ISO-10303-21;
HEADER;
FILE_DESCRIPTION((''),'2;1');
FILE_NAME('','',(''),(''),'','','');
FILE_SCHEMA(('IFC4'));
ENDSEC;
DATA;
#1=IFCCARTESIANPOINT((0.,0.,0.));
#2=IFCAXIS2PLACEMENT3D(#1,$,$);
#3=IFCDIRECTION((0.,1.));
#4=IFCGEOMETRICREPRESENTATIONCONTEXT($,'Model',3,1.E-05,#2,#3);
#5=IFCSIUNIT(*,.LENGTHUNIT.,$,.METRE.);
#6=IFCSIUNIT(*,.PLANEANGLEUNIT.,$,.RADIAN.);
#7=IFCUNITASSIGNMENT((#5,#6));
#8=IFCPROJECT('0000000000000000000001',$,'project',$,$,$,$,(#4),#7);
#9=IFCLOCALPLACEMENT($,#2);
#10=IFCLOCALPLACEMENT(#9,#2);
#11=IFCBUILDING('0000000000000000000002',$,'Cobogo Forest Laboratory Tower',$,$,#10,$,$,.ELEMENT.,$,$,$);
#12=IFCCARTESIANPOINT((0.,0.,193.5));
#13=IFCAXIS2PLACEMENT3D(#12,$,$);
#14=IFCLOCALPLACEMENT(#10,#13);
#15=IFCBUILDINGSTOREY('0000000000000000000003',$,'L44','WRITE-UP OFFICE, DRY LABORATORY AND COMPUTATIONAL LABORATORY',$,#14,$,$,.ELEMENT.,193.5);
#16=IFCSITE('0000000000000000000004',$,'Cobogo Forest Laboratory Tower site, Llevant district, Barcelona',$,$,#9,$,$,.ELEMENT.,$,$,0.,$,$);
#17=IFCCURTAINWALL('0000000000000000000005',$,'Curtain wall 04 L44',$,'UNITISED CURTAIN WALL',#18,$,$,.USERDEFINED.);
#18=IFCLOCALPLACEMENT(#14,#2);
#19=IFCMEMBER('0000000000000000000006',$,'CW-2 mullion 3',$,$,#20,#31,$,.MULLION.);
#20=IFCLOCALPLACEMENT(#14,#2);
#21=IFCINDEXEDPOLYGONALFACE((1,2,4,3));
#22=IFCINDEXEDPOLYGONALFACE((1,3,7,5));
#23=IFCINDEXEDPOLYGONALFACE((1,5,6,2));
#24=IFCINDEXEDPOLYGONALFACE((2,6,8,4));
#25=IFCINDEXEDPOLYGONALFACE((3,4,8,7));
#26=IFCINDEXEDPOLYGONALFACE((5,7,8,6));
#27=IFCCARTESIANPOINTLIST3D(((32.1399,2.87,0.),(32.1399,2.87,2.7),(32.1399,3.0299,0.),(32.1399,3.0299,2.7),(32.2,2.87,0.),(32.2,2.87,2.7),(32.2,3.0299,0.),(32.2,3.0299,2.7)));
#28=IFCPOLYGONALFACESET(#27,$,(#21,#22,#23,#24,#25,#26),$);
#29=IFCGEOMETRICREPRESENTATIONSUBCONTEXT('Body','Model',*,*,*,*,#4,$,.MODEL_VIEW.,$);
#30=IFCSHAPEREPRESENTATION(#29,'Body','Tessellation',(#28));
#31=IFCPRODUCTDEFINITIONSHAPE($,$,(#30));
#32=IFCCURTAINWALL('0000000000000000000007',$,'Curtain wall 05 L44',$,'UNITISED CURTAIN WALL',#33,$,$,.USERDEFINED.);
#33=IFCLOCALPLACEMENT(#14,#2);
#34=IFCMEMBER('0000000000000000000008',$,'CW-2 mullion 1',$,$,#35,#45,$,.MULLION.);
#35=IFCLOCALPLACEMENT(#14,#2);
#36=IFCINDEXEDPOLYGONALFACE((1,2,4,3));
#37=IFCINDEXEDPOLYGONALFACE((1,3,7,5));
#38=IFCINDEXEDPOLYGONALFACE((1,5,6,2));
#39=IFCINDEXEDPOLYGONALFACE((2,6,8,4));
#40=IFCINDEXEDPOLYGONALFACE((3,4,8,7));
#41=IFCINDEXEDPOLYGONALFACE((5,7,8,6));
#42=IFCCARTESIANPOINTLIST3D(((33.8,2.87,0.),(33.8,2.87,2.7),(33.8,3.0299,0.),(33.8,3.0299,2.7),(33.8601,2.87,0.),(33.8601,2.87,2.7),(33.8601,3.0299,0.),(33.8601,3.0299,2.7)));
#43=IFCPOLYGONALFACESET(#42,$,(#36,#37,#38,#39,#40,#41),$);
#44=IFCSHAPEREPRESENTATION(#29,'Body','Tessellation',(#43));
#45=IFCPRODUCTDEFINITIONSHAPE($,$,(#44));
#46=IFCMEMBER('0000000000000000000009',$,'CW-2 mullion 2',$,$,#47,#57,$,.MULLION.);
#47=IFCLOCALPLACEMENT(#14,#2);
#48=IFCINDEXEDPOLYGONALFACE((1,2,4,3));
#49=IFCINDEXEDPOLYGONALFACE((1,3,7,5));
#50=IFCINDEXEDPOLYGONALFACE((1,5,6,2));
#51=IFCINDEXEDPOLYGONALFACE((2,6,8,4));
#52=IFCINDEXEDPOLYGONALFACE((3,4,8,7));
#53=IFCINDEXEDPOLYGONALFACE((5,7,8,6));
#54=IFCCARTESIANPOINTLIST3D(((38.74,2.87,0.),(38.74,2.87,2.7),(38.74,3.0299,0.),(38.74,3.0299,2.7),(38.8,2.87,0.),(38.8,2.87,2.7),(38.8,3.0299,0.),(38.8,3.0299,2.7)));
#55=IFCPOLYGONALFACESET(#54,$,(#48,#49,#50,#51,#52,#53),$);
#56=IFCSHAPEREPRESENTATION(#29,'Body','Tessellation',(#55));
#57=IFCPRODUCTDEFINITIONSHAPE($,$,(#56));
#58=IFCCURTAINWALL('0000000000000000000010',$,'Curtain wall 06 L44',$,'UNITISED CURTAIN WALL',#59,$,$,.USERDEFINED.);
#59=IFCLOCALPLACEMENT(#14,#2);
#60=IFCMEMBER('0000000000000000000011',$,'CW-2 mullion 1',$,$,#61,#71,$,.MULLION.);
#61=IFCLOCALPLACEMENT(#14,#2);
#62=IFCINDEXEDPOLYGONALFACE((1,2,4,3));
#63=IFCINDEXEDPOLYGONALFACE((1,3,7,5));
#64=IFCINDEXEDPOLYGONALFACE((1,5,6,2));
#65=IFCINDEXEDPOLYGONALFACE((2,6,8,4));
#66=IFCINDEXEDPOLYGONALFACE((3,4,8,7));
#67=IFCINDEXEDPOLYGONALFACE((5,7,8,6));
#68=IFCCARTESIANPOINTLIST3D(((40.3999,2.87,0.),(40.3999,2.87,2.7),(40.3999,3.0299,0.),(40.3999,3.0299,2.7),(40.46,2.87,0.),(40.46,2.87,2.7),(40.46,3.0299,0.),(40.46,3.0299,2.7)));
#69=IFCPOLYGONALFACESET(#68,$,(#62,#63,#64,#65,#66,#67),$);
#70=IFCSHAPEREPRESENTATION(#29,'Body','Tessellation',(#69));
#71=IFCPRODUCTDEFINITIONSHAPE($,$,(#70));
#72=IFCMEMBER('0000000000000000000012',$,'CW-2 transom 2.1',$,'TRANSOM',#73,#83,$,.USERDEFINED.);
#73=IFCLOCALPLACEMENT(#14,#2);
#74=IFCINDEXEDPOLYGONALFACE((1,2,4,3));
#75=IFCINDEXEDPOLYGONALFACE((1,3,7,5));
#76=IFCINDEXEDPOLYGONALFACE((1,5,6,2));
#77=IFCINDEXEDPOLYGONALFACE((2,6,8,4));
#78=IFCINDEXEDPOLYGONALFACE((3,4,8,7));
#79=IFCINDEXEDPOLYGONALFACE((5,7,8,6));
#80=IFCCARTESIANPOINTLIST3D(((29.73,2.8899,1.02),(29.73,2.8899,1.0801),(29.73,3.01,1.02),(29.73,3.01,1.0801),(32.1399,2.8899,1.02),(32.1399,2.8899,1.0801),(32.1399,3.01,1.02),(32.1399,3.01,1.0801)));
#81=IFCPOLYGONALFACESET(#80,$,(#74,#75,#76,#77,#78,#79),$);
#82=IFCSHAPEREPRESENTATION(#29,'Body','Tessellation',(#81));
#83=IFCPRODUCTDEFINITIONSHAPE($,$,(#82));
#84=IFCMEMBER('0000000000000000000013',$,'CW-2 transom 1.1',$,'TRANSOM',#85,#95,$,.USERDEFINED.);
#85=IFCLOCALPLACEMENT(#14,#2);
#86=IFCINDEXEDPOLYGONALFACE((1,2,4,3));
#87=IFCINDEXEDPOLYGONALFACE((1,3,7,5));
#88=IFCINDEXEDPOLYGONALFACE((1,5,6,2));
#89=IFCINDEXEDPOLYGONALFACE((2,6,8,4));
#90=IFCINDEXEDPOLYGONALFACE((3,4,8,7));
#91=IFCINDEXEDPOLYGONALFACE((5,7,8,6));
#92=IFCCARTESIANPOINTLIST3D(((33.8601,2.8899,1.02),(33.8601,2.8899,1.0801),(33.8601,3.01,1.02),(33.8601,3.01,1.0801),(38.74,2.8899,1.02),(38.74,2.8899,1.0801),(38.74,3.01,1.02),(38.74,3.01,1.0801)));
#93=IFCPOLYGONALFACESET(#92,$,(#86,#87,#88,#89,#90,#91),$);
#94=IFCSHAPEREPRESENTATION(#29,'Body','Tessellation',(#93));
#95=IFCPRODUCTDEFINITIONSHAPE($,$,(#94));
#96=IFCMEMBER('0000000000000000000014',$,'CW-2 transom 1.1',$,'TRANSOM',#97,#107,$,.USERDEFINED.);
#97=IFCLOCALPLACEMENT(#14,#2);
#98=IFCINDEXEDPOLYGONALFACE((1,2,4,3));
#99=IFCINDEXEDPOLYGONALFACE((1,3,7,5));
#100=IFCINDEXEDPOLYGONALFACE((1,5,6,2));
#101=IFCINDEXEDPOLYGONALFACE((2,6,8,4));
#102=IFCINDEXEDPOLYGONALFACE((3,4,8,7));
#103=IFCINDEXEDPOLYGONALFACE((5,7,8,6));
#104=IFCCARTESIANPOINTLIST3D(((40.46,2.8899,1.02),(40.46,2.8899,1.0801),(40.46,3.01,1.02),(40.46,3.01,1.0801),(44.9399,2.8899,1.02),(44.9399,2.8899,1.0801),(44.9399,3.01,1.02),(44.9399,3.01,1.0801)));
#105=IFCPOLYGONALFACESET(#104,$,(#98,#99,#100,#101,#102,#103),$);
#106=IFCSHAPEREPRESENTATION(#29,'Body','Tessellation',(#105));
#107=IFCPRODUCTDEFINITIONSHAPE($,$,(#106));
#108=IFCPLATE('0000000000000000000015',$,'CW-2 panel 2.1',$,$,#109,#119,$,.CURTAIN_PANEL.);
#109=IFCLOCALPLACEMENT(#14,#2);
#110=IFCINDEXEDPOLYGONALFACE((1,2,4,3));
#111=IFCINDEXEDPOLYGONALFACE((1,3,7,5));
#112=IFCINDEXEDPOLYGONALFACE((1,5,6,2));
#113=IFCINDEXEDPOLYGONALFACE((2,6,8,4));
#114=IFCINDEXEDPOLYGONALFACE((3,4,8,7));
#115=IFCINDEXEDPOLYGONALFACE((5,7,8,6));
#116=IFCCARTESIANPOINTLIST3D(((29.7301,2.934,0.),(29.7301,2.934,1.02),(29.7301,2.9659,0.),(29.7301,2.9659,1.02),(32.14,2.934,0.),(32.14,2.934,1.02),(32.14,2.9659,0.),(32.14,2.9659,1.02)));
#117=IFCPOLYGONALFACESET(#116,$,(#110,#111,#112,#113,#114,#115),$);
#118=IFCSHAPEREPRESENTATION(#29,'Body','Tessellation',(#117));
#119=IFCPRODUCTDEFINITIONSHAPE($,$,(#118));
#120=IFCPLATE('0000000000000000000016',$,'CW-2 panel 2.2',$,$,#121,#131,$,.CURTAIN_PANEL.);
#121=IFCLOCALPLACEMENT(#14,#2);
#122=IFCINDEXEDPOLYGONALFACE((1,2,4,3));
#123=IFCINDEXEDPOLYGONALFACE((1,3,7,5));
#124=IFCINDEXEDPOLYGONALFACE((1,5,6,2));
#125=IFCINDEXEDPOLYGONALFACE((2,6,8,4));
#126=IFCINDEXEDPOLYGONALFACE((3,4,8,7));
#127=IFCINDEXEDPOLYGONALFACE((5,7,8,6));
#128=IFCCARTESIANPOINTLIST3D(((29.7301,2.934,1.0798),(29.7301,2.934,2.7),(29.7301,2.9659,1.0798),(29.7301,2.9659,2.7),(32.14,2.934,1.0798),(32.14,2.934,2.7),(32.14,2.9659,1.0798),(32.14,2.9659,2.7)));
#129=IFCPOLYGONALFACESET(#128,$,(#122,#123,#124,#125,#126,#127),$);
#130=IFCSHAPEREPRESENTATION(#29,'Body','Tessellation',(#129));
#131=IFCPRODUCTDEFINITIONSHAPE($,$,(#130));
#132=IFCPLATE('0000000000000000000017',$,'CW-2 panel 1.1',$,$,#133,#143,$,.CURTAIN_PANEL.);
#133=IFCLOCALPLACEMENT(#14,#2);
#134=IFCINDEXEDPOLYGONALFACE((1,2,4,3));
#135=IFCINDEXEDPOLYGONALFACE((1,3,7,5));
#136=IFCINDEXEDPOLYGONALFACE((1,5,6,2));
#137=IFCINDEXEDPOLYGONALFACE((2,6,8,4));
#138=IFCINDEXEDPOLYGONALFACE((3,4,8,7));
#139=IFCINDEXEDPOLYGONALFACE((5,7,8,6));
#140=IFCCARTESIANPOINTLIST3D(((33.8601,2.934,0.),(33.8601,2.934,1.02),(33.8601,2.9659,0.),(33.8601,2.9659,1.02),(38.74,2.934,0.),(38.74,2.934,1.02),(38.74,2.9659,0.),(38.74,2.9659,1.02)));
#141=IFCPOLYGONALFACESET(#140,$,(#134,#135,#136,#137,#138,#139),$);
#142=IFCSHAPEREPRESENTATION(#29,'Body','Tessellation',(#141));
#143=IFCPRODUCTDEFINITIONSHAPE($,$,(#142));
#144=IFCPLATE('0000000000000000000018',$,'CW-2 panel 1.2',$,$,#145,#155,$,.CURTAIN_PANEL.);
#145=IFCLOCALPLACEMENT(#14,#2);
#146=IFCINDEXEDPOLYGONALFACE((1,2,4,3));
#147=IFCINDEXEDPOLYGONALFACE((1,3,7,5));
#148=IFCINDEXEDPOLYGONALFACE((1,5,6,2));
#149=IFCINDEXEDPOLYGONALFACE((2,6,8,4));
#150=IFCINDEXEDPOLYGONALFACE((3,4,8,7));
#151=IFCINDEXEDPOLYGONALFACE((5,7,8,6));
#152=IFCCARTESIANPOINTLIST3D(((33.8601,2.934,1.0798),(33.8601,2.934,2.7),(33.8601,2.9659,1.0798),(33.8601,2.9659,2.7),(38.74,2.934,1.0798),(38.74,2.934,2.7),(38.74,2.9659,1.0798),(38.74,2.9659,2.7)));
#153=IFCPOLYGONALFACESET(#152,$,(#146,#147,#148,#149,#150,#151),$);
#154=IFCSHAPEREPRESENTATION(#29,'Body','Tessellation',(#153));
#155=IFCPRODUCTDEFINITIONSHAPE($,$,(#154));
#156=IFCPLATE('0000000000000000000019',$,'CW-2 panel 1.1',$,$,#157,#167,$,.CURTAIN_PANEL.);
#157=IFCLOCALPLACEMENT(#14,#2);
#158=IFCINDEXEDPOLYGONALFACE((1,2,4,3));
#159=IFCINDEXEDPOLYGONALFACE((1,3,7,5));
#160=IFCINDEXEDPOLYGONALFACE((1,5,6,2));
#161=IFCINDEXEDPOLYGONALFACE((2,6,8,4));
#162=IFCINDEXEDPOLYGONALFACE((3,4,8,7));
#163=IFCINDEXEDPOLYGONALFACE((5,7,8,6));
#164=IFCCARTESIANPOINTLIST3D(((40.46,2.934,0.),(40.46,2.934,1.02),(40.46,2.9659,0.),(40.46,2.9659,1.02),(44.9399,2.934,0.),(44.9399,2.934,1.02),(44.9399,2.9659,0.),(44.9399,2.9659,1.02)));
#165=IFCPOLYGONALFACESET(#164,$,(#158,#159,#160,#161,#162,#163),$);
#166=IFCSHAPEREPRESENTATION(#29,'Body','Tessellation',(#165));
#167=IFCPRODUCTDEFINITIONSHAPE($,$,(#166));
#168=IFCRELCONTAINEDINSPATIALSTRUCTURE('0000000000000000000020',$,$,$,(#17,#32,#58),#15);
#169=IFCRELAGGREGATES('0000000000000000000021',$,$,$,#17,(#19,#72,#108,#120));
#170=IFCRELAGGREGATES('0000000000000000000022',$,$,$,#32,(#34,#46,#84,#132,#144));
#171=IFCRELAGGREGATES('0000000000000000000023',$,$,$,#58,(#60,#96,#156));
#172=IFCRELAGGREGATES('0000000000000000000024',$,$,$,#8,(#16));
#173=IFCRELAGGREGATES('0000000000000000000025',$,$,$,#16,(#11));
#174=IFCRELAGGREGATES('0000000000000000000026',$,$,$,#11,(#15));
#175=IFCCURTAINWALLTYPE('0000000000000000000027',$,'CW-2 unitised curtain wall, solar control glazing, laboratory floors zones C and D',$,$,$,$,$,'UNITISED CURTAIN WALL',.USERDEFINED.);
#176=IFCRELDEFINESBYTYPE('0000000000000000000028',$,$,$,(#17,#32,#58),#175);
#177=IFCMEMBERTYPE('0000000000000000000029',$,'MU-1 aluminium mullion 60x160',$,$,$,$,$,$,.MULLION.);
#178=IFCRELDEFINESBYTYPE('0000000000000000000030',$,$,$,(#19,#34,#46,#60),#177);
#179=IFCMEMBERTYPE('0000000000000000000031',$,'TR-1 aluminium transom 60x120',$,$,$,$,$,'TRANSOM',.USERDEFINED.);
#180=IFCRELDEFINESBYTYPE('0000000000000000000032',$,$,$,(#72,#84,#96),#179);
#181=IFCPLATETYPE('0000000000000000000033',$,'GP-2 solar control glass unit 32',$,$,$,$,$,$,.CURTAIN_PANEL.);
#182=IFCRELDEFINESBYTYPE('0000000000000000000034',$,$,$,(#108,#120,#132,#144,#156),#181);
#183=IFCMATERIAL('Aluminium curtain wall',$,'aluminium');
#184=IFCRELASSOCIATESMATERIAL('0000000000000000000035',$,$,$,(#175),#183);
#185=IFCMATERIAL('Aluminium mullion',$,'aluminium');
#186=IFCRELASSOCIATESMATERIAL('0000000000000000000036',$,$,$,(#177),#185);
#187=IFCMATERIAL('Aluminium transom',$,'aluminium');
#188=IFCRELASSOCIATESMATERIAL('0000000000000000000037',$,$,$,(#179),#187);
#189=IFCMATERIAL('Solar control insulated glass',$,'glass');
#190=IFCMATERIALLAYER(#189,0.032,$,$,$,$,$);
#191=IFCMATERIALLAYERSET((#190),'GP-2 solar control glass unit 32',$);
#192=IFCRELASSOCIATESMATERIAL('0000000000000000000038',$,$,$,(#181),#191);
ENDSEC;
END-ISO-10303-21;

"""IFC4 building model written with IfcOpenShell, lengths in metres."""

from ifc_helpers import new_model, si_unit, direction, frame, origin, origin_2d, place, context, subcontext, project, spatial, rectangle, extrude, material, layer, layer_set, material_profile, profile_set, type_object, element, aggregate, save


model = new_model("IFC4")

# Units and contexts
model_context = context("Model", 3, precision=1e-05, world=origin(), true_north=direction((0.0, 1.0)))
body_context = subcontext(model_context, "Body", "Model", "MODEL_VIEW")
ifc_project = project(units=[si_unit("LENGTHUNIT", "METRE"), si_unit("PLANEANGLEUNIT", "RADIAN")], contexts=[model_context])

# Site, building, storey
site_placement = place(None, origin())
site = spatial("IfcSite", under=ifc_project, at=site_placement, Name="Cobogo Forest Laboratory Tower site, Llevant district, Barcelona", CompositionType="ELEMENT", RefElevation=0.0)
building_placement = place(site_placement, origin())
building = spatial("IfcBuilding", under=site, at=building_placement, Name="Cobogo Forest Laboratory Tower", CompositionType="ELEMENT")
storey_placement = place(building_placement, frame((0.0, 0.0, 193.5)))
storey = spatial("IfcBuildingStorey", under=building, at=storey_placement, Name="L44", Description="WRITE-UP OFFICE, DRY LABORATORY AND COMPUTATIONAL LABORATORY", CompositionType="ELEMENT", Elevation=193.5)

# Curtain wall, member
ifc_material_1 = material(Name="Aluminium curtain wall", Category="aluminium")
curtain_wall_type = type_object("IfcCurtainWallType", Name="CW-2 unitised curtain wall, solar control glazing, laboratory floors zones C and D", ElementType="UNITISED CURTAIN WALL", PredefinedType="USERDEFINED", material=ifc_material_1)
curtain_wall_1_placement = place(storey_placement, origin())
curtain_wall_1 = element("IfcCurtainWall", 1, at=curtain_wall_1_placement, inside=storey, type_object=curtain_wall_type, Name="Curtain wall 04 L44", ObjectType="UNITISED CURTAIN WALL", PredefinedType="USERDEFINED")
ifc_material_2 = material(Name="Aluminium mullion", Category="aluminium")
ifc_material_profile_1 = material_profile(ifc_material_2, rectangle(XDim=0.0601, YDim=0.1599, at=origin_2d()), Name="AL 60x160")
ifc_profile_set_1 = profile_set([ifc_material_profile_1], Name="Aluminium mullion")
member_type_1 = type_object("IfcMemberType", Name="MU-1 aluminium mullion 60x160", PredefinedType="MULLION", material=ifc_profile_set_1)
member_1_placement = place(storey_placement, frame((32.1699, 2.95, 0.0), z_axis=(0.0, 0.0, 1.0), x_axis=(1.0, 0.0, 0.0)))
member_1 = element("IfcMember", 2, at=member_1_placement, type_object=member_type_1, Name="CW-2 mullion 3", PredefinedType="MULLION", context=body_context, shape_type="SweptSolid", body=[
    extrude(rectangle(XDim=0.0601, YDim=0.1599, at=origin_2d()), origin(), (0.0, 0.0, 1.0), 2.7),
])

# Curtain wall, members
curtain_wall_2_placement = place(storey_placement, origin())
curtain_wall_2 = element("IfcCurtainWall", 3, at=curtain_wall_2_placement, inside=storey, type_object=curtain_wall_type, Name="Curtain wall 05 L44", ObjectType="UNITISED CURTAIN WALL", PredefinedType="USERDEFINED")
member_2_placement = place(storey_placement, frame((33.8301, 2.95, 0.0), z_axis=(0.0, 0.0, 1.0), x_axis=(1.0, 0.0, 0.0)))
member_2 = element("IfcMember", 4, at=member_2_placement, type_object=member_type_1, Name="CW-2 mullion 1", PredefinedType="MULLION", context=body_context, shape_type="SweptSolid", body=[
    extrude(rectangle(XDim=0.0601, YDim=0.1599, at=origin_2d()), origin(), (0.0, 0.0, 1.0), 2.7),
])
member_3_placement = place(storey_placement, frame((38.77, 2.95, 0.0), z_axis=(0.0, 0.0, 1.0), x_axis=(1.0, 0.0, 0.0)))
member_3 = element("IfcMember", 5, at=member_3_placement, type_object=member_type_1, Name="CW-2 mullion 2", PredefinedType="MULLION", context=body_context, shape_type="SweptSolid", body=[
    extrude(rectangle(XDim=0.0601, YDim=0.1599, at=origin_2d()), origin(), (0.0, 0.0, 1.0), 2.7),
])

# Curtain wall, member
curtain_wall_3_placement = place(storey_placement, origin())
curtain_wall_3 = element("IfcCurtainWall", 6, at=curtain_wall_3_placement, inside=storey, type_object=curtain_wall_type, Name="Curtain wall 06 L44", ObjectType="UNITISED CURTAIN WALL", PredefinedType="USERDEFINED")
member_4_placement = place(storey_placement, frame((40.4299, 2.95, 0.0), z_axis=(0.0, 0.0, 1.0), x_axis=(1.0, 0.0, 0.0)))
member_4 = element("IfcMember", 7, at=member_4_placement, type_object=member_type_1, Name="CW-2 mullion 1", PredefinedType="MULLION", context=body_context, shape_type="SweptSolid", body=[
    extrude(rectangle(XDim=0.0601, YDim=0.1599, at=origin_2d()), origin(), (0.0, 0.0, 1.0), 2.7),
])

# Members
ifc_material_3 = material(Name="Aluminium transom", Category="aluminium")
ifc_material_profile_2 = material_profile(ifc_material_3, rectangle(XDim=0.1201, YDim=0.0601, at=origin_2d()), Name="AL 60x120")
ifc_profile_set_2 = profile_set([ifc_material_profile_2], Name="Aluminium transom")
member_type_2 = type_object("IfcMemberType", Name="TR-1 aluminium transom 60x120", ElementType="TRANSOM", PredefinedType="USERDEFINED", material=ifc_profile_set_2)
member_5_placement = place(storey_placement, frame((29.73, 2.95, 1.05), z_axis=(1.0, 0.0, 0.0), x_axis=(0.0, 1.0, 0.0)))
member_5 = element("IfcMember", 8, at=member_5_placement, type_object=member_type_2, Name="CW-2 transom 2.1", ObjectType="TRANSOM", PredefinedType="USERDEFINED", context=body_context, shape_type="SweptSolid", body=[
    extrude(rectangle(XDim=0.1201, YDim=0.0601, at=origin_2d()), origin(), (0.0, 0.0, 1.0), 2.4099),
])
member_6_placement = place(storey_placement, frame((33.8601, 2.95, 1.05), z_axis=(1.0, 0.0, 0.0), x_axis=(0.0, 1.0, 0.0)))
member_6 = element("IfcMember", 9, at=member_6_placement, type_object=member_type_2, Name="CW-2 transom 1.1", ObjectType="TRANSOM", PredefinedType="USERDEFINED", context=body_context, shape_type="SweptSolid", body=[
    extrude(rectangle(XDim=0.1201, YDim=0.0601, at=origin_2d()), origin(), (0.0, 0.0, 1.0), 4.8799),
])
member_7_placement = place(storey_placement, frame((40.46, 2.95, 1.05), z_axis=(1.0, 0.0, 0.0), x_axis=(0.0, 1.0, 0.0)))
member_7 = element("IfcMember", 10, at=member_7_placement, type_object=member_type_2, Name="CW-2 transom 1.1", ObjectType="TRANSOM", PredefinedType="USERDEFINED", context=body_context, shape_type="SweptSolid", body=[
    extrude(rectangle(XDim=0.1201, YDim=0.0601, at=origin_2d()), origin(), (0.0, 0.0, 1.0), 4.48),
])

# Plates
ifc_material_4 = material(Name="Solar control insulated glass", Category="glass")
ifc_layer = layer(ifc_material_4, 0.032)
ifc_layer_set = layer_set([ifc_layer], Name="GP-2 solar control glass unit 32")
plate_type_1 = type_object("IfcPlateType", Name="GP-2 solar control glass unit 32", PredefinedType="CURTAIN_PANEL", material=ifc_layer_set)
plate_1_placement = place(storey_placement, frame((30.9351, 2.95, 0.0), z_axis=(0.0, 0.0, 1.0), x_axis=(1.0, 0.0, 0.0)))
plate_1 = element("IfcPlate", 11, at=plate_1_placement, type_object=plate_type_1, Name="CW-2 panel 2.1", PredefinedType="CURTAIN_PANEL", context=body_context, shape_type="SweptSolid", body=[
    extrude(rectangle(XDim=2.4099, YDim=0.032, at=origin_2d()), origin(), (0.0, 0.0, 1.0), 1.02),
])
plate_2_placement = place(storey_placement, frame((30.9351, 2.95, 1.0798), z_axis=(0.0, 0.0, 1.0), x_axis=(1.0, 0.0, 0.0)))
plate_2 = element("IfcPlate", 12, at=plate_2_placement, type_object=plate_type_1, Name="CW-2 panel 2.2", PredefinedType="CURTAIN_PANEL", context=body_context, shape_type="SweptSolid", body=[
    extrude(rectangle(XDim=2.4099, YDim=0.032, at=origin_2d()), origin(), (0.0, 0.0, 1.0), 1.6201),
])
aggregate(curtain_wall_1, [member_1, member_5, plate_1, plate_2])
plate_3_placement = place(storey_placement, frame((36.3, 2.95, 0.0), z_axis=(0.0, 0.0, 1.0), x_axis=(1.0, 0.0, 0.0)))
plate_3 = element("IfcPlate", 13, at=plate_3_placement, type_object=plate_type_1, Name="CW-2 panel 1.1", PredefinedType="CURTAIN_PANEL", context=body_context, shape_type="SweptSolid", body=[
    extrude(rectangle(XDim=4.8799, YDim=0.032, at=origin_2d()), origin(), (0.0, 0.0, 1.0), 1.02),
])
plate_4_placement = place(storey_placement, frame((36.3, 2.95, 1.0798), z_axis=(0.0, 0.0, 1.0), x_axis=(1.0, 0.0, 0.0)))
plate_4 = element("IfcPlate", 14, at=plate_4_placement, type_object=plate_type_1, Name="CW-2 panel 1.2", PredefinedType="CURTAIN_PANEL", context=body_context, shape_type="SweptSolid", body=[
    extrude(rectangle(XDim=4.8799, YDim=0.032, at=origin_2d()), origin(), (0.0, 0.0, 1.0), 1.6201),
])
aggregate(curtain_wall_2, [member_2, member_3, member_6, plate_3, plate_4])
plate_5_placement = place(storey_placement, frame((42.7, 2.95, 0.0), z_axis=(0.0, 0.0, 1.0), x_axis=(1.0, 0.0, 0.0)))
plate_5 = element("IfcPlate", 15, at=plate_5_placement, type_object=plate_type_1, Name="CW-2 panel 1.1", PredefinedType="CURTAIN_PANEL", context=body_context, shape_type="SweptSolid", body=[
    extrude(rectangle(XDim=4.48, YDim=0.032, at=origin_2d()), origin(), (0.0, 0.0, 1.0), 1.02),
])
aggregate(curtain_wall_3, [member_4, member_7, plate_5])

save(model, "model.ifc")
